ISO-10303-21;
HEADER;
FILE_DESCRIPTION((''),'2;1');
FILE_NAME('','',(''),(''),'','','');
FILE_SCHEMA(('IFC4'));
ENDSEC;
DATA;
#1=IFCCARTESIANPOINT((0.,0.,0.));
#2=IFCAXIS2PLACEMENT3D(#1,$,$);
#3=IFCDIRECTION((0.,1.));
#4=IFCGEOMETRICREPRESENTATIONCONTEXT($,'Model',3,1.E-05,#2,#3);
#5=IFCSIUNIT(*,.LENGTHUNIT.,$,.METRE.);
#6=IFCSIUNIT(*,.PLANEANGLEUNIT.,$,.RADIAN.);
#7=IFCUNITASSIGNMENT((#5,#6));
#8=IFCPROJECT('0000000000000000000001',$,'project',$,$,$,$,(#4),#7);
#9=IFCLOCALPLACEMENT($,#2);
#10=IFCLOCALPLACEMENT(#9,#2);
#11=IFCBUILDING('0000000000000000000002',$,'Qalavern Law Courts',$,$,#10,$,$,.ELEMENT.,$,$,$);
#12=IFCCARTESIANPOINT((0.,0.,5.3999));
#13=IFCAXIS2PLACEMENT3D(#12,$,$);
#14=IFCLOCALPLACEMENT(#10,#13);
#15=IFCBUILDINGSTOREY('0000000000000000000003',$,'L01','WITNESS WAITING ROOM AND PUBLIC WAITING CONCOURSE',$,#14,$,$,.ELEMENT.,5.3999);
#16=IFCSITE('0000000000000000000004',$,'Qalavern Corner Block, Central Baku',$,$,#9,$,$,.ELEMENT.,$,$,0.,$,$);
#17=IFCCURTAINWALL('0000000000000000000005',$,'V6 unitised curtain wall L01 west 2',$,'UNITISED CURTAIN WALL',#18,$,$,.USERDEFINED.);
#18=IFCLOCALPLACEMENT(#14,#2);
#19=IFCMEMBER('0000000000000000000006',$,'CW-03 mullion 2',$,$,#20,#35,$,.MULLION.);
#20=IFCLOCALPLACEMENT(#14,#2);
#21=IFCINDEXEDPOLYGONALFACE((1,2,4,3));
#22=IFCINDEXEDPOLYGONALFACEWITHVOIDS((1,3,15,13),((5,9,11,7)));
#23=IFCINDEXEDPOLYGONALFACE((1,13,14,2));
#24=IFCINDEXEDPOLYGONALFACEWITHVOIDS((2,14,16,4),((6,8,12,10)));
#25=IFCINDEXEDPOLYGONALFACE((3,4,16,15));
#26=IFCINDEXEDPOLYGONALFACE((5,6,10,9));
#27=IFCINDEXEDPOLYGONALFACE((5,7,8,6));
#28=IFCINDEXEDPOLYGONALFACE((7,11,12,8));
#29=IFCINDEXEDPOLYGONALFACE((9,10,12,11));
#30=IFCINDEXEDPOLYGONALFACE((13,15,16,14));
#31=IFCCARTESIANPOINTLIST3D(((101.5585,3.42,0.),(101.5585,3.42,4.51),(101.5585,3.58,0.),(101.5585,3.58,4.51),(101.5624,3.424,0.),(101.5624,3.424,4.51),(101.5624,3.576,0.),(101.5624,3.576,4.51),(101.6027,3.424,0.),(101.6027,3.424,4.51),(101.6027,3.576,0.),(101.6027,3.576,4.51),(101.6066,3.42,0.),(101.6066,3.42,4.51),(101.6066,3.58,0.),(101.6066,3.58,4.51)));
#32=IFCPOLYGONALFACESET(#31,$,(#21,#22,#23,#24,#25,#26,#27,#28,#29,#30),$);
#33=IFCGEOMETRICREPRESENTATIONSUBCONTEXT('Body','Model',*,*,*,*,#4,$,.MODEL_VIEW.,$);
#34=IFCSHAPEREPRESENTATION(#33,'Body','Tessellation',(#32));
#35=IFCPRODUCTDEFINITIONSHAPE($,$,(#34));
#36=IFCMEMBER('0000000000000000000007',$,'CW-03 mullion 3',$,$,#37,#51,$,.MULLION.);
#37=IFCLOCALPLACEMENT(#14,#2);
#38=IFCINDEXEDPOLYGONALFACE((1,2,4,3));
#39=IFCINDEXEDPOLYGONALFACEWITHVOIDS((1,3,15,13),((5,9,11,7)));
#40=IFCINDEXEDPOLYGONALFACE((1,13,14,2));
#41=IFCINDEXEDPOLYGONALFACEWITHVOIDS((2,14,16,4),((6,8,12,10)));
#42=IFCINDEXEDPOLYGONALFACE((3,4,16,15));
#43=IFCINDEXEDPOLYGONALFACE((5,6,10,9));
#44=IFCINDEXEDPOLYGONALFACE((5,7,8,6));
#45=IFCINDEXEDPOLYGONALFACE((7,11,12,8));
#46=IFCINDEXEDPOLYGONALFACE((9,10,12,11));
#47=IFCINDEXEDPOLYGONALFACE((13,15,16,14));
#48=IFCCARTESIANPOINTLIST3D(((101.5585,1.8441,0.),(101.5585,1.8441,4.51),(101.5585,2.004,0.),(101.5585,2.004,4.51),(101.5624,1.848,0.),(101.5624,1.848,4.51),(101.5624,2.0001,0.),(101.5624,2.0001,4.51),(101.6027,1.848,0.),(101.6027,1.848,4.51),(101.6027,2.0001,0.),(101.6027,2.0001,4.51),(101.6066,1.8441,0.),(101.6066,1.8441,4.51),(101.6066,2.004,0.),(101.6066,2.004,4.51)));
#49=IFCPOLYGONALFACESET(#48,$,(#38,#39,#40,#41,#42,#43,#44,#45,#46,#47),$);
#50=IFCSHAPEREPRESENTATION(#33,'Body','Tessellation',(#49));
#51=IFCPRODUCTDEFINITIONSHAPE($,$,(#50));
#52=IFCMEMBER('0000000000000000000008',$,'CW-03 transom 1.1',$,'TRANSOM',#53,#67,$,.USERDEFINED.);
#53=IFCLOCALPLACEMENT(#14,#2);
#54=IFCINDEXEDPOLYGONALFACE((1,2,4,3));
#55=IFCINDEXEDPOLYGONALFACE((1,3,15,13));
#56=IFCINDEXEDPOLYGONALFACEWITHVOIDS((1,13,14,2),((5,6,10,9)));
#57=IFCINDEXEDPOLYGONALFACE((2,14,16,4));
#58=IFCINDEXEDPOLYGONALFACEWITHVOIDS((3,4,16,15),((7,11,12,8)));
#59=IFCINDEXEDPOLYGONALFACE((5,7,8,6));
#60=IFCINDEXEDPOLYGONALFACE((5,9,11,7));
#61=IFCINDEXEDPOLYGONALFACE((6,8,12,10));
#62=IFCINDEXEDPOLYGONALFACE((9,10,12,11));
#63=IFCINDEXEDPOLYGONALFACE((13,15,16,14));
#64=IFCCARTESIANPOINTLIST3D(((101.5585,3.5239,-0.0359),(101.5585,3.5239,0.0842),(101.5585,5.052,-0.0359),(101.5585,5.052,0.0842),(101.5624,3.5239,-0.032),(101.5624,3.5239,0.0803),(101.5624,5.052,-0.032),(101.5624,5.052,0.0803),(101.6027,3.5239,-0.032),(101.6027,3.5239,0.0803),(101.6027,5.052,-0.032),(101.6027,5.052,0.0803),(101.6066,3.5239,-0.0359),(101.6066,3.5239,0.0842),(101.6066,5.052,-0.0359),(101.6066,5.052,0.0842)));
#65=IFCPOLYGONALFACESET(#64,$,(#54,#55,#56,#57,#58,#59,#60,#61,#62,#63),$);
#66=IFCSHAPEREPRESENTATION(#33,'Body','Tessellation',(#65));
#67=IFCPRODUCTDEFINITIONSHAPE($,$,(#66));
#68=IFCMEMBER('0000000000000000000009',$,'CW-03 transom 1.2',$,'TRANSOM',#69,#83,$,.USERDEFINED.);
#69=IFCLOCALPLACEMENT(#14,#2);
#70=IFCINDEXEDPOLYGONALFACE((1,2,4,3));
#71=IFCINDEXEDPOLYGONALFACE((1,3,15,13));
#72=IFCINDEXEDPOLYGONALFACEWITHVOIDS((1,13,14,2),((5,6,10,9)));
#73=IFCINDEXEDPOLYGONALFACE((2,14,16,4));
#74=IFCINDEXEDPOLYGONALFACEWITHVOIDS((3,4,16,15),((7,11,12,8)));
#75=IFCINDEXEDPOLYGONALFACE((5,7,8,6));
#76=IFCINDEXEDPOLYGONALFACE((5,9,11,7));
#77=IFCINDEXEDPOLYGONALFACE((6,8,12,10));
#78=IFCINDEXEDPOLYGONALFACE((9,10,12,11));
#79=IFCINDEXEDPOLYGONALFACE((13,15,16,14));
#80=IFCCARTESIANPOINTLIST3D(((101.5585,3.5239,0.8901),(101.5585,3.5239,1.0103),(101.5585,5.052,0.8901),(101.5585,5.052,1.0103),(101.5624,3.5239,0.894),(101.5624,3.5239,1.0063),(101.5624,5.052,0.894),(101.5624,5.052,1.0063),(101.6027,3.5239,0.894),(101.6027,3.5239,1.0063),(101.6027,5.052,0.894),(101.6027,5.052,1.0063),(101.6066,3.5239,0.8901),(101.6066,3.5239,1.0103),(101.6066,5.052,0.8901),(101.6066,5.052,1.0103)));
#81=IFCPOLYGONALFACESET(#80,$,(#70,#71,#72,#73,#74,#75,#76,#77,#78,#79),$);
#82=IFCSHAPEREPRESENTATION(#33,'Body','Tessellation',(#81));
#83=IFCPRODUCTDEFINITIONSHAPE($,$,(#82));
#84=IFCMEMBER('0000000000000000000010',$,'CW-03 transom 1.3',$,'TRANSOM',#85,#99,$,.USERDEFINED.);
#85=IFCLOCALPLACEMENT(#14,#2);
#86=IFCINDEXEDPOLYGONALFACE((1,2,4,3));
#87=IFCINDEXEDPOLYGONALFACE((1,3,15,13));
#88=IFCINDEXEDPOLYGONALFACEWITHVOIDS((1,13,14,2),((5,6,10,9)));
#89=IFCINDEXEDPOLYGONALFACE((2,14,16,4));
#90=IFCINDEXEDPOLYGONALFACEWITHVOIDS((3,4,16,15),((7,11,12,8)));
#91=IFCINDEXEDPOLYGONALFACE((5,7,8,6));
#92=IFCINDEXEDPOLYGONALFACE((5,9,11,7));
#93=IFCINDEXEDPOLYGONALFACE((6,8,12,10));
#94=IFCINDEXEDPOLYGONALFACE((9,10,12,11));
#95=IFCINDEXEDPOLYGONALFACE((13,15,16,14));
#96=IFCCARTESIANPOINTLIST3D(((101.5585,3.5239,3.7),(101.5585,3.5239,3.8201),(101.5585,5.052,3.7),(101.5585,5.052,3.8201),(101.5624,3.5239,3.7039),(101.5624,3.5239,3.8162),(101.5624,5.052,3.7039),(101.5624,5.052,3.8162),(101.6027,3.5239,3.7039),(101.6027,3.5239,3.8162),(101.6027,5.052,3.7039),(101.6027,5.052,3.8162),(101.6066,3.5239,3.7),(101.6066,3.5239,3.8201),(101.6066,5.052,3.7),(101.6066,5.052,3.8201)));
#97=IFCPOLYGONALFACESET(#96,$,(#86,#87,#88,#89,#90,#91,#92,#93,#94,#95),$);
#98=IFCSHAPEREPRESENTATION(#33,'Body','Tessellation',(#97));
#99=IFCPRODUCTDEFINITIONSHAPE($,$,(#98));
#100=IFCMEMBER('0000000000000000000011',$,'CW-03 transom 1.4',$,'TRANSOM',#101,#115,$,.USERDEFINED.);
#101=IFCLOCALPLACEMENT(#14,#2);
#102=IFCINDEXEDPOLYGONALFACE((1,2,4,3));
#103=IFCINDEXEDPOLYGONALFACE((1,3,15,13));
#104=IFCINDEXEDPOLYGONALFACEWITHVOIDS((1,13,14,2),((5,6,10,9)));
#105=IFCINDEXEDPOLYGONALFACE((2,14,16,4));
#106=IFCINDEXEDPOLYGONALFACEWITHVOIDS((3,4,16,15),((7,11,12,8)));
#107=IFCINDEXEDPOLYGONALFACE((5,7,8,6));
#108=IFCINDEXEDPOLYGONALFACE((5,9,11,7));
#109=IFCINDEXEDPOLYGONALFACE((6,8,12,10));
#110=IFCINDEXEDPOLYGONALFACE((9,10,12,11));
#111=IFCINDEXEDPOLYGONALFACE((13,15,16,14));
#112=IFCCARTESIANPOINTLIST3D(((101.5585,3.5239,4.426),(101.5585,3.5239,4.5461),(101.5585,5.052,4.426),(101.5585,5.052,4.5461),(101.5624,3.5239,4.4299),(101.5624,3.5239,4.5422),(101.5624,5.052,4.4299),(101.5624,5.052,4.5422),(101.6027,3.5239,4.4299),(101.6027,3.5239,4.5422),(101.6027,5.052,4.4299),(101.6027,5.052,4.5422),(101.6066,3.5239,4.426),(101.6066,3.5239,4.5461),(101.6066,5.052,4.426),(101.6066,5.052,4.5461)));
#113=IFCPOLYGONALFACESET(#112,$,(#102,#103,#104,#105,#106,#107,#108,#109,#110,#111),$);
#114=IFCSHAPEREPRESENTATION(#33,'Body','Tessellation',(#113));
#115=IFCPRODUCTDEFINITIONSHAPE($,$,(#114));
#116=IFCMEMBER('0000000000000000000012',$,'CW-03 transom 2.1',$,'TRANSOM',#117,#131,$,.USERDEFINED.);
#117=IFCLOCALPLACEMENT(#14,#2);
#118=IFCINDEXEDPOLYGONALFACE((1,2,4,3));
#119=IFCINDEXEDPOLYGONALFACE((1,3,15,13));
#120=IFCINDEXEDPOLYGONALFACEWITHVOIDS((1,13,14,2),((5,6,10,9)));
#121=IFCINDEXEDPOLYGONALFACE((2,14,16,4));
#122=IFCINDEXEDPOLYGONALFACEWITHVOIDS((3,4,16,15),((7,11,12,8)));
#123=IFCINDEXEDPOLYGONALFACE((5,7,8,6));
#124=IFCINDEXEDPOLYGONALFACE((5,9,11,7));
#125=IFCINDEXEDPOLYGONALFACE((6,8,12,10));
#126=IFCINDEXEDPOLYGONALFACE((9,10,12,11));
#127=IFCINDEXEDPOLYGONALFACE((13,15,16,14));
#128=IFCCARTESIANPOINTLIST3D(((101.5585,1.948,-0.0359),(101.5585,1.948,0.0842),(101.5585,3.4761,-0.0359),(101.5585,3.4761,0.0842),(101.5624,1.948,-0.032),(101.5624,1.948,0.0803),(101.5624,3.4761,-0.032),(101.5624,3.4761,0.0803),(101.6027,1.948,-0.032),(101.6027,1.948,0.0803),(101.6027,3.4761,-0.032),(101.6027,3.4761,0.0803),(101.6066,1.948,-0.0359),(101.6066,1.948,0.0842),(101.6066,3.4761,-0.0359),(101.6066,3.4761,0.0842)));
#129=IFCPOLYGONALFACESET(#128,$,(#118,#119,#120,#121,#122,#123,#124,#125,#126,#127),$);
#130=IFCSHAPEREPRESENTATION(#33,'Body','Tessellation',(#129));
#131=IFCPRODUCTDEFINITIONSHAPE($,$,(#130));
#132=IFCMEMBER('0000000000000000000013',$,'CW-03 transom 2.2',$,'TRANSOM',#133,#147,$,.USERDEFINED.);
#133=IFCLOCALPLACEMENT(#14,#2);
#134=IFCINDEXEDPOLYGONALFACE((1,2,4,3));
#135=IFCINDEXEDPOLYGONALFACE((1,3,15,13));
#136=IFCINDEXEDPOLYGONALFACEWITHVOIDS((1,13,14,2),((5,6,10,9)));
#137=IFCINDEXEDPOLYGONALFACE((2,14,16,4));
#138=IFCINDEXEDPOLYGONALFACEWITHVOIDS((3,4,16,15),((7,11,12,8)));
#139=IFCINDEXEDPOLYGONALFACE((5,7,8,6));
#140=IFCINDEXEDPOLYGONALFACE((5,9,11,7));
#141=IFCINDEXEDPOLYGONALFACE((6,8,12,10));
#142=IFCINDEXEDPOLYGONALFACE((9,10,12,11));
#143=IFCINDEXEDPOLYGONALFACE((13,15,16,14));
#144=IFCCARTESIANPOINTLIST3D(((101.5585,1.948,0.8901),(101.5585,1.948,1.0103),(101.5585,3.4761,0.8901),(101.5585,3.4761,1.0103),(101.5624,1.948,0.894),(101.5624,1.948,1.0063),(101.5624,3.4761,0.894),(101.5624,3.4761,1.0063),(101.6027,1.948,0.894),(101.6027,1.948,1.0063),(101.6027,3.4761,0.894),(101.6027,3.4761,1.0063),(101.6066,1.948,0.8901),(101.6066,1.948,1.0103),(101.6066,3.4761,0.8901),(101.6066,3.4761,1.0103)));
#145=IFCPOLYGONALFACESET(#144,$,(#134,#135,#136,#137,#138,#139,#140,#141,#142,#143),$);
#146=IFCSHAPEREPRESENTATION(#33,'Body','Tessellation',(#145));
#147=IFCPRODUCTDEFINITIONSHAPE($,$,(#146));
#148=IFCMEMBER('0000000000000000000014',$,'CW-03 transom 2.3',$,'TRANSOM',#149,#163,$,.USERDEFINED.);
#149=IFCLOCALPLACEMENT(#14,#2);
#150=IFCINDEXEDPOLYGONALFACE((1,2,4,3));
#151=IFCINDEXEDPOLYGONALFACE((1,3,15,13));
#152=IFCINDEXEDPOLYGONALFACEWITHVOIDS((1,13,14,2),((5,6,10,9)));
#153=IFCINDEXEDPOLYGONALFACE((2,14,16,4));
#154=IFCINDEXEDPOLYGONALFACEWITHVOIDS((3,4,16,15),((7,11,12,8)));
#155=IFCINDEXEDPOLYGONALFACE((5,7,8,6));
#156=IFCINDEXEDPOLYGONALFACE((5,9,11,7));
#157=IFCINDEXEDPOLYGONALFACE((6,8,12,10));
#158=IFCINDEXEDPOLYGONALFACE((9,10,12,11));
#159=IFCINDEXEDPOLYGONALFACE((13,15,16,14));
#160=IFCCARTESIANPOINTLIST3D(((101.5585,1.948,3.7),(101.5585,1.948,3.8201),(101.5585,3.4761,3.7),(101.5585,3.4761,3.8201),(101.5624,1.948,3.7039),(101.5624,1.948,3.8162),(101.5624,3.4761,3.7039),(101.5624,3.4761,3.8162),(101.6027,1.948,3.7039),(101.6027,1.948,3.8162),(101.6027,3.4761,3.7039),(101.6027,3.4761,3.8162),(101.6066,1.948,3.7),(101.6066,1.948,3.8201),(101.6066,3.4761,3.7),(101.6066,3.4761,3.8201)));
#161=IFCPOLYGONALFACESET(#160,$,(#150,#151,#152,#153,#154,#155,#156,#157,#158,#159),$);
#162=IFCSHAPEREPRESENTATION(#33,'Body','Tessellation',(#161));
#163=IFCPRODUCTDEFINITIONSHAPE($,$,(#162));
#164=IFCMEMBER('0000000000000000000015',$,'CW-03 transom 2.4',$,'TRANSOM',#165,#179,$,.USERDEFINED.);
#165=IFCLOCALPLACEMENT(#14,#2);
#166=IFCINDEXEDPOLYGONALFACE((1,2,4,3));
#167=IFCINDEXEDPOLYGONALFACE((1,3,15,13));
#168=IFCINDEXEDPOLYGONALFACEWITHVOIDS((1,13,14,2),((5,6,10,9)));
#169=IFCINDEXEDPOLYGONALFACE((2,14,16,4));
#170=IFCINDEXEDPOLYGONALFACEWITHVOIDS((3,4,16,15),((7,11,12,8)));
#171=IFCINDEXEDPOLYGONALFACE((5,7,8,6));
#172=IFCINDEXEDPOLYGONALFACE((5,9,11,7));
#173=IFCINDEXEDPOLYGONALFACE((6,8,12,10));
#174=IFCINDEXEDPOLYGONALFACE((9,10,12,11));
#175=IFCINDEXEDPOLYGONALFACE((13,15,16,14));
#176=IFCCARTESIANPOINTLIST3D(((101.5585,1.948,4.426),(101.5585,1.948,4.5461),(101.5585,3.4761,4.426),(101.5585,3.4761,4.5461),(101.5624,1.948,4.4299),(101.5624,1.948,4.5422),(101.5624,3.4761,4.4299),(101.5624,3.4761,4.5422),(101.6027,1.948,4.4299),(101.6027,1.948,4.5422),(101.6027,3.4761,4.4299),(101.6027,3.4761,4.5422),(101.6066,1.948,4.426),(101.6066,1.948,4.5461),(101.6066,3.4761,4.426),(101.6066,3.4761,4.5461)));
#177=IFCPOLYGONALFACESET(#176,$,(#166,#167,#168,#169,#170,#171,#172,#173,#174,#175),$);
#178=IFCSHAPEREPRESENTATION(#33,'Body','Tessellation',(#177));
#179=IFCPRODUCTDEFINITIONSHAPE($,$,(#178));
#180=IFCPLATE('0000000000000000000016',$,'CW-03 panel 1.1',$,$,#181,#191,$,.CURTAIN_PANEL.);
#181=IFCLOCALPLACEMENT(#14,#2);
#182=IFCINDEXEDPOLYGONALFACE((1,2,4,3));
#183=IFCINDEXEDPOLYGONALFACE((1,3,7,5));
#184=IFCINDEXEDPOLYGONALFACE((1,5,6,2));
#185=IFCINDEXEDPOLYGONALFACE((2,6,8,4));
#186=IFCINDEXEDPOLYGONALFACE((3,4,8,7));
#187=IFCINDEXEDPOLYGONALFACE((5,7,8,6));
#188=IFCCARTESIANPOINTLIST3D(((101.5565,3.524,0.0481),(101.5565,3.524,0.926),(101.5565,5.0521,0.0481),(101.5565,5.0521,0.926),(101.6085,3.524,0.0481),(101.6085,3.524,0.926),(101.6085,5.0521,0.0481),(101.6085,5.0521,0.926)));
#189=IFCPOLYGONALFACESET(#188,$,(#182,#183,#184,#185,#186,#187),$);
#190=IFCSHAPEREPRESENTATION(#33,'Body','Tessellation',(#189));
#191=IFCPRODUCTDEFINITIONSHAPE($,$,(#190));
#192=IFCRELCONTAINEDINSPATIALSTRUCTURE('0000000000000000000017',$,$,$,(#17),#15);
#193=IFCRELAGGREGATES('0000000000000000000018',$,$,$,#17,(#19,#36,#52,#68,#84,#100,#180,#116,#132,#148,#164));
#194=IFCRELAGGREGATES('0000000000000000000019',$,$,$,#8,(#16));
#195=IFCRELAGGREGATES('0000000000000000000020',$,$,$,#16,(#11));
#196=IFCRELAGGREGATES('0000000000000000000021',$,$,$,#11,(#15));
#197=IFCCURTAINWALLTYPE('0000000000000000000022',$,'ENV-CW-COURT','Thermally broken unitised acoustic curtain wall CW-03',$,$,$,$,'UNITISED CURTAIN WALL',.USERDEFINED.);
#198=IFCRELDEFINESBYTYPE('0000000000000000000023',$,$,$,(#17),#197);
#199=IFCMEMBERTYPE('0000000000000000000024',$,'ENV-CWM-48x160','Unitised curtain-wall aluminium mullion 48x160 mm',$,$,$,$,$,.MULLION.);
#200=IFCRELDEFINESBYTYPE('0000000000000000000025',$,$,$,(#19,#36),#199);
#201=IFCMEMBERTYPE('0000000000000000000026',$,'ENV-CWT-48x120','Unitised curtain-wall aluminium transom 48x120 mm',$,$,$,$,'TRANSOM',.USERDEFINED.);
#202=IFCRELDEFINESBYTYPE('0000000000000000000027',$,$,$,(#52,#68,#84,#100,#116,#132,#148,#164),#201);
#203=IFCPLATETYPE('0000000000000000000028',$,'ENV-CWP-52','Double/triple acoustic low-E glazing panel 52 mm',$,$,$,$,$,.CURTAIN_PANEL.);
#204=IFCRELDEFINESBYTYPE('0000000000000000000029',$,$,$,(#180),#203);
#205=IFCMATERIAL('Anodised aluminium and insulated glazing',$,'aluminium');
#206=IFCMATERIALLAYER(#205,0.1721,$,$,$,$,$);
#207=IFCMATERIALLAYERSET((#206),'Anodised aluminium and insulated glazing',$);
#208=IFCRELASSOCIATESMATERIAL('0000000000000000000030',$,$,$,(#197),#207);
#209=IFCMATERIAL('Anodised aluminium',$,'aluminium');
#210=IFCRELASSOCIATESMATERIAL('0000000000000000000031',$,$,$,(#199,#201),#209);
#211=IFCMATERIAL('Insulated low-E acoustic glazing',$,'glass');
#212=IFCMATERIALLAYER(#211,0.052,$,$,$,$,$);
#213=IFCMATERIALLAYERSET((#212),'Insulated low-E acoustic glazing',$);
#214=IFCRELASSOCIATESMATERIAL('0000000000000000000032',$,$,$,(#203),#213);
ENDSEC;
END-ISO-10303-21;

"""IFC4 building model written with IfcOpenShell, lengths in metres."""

from ifc_helpers import new_model, si_unit, direction, frame, origin, origin_2d, place, context, subcontext, project, spatial, rectangle, hollow_rectangle, extrude, material, layer, layer_set, material_profile, profile_set, type_object, element, aggregate, save


model = new_model("IFC4")

# Units and contexts
model_context = context("Model", 3, precision=1e-05, world=origin(), true_north=direction((0.0, 1.0)))
body_context = subcontext(model_context, "Body", "Model", "MODEL_VIEW")
ifc_project = project(units=[si_unit("LENGTHUNIT", "METRE"), si_unit("PLANEANGLEUNIT", "RADIAN")], contexts=[model_context])

# Site, building, storey
site_placement = place(None, origin())
site = spatial("IfcSite", under=ifc_project, at=site_placement, Name="Qalavern Corner Block, Central Baku", CompositionType="ELEMENT", RefElevation=0.0)
building_placement = place(site_placement, origin())
building = spatial("IfcBuilding", under=site, at=building_placement, Name="Qalavern Law Courts", CompositionType="ELEMENT")
storey_placement = place(building_placement, frame((0.0, 0.0, 5.3999)))
storey = spatial("IfcBuildingStorey", under=building, at=storey_placement, Name="L01", Description="WITNESS WAITING ROOM AND PUBLIC WAITING CONCOURSE", CompositionType="ELEMENT", Elevation=5.3999)

# Curtain wall, members, plate
ifc_material_1 = material(Name="Anodised aluminium and insulated glazing", Category="aluminium")
ifc_layer_1 = layer(ifc_material_1, 0.1721)
ifc_layer_set_1 = layer_set([ifc_layer_1], Name="Anodised aluminium and insulated glazing")
curtain_wall_type = type_object("IfcCurtainWallType", Name="ENV-CW-COURT", Description="Thermally broken unitised acoustic curtain wall CW-03", ElementType="UNITISED CURTAIN WALL", PredefinedType="USERDEFINED", material=ifc_layer_set_1)
curtain_wall_placement = place(storey_placement, origin())
curtain_wall = element("IfcCurtainWall", 1, at=curtain_wall_placement, inside=storey, type_object=curtain_wall_type, Name="V6 unitised curtain wall L01 west 2", ObjectType="UNITISED CURTAIN WALL", PredefinedType="USERDEFINED")
ifc_material_2 = material(Name="Anodised aluminium", Category="aluminium")
ifc_material_profile_1 = material_profile(ifc_material_2, hollow_rectangle(XDim=0.0481, YDim=0.1599, WallThickness=0.0039, at=origin_2d()), Name="ALU MULLION 48x160")
ifc_profile_set_1 = profile_set([ifc_material_profile_1], Name="Anodised aluminium")
member_type_1 = type_object("IfcMemberType", Name="ENV-CWM-48x160", Description="Unitised curtain-wall aluminium mullion 48x160 mm", PredefinedType="MULLION", material=ifc_profile_set_1)
member_1_placement = place(storey_placement, frame((101.5825, 3.5, 0.0), z_axis=(0.0, 0.0, 1.0), x_axis=(1.0, 0.0, 0.0)))
member_1 = element("IfcMember", 2, at=member_1_placement, type_object=member_type_1, Name="CW-03 mullion 2", PredefinedType="MULLION", context=body_context, shape_type="SweptSolid", body=[
    extrude(hollow_rectangle(XDim=0.0481, YDim=0.1599, WallThickness=0.0039, at=origin_2d()), origin(), (0.0, 0.0, 1.0), 4.51),
])
member_2_placement = place(storey_placement, frame((101.5825, 1.9241, 0.0), z_axis=(0.0, 0.0, 1.0), x_axis=(1.0, 0.0, 0.0)))
member_2 = element("IfcMember", 3, at=member_2_placement, type_object=member_type_1, Name="CW-03 mullion 3", PredefinedType="MULLION", context=body_context, shape_type="SweptSolid", body=[
    extrude(hollow_rectangle(XDim=0.0481, YDim=0.1599, WallThickness=0.0039, at=origin_2d()), origin(), (0.0, 0.0, 1.0), 4.51),
])
ifc_material_profile_2 = material_profile(ifc_material_2, hollow_rectangle(XDim=0.0481, YDim=0.1201, WallThickness=0.0039, at=origin_2d()), Name="ALU TRANSOM 48x120")
ifc_profile_set_2 = profile_set([ifc_material_profile_2], Name="Anodised aluminium")
member_type_2 = type_object("IfcMemberType", Name="ENV-CWT-48x120", Description="Unitised curtain-wall aluminium transom 48x120 mm", ElementType="TRANSOM", PredefinedType="USERDEFINED", material=ifc_profile_set_2)
member_3_placement = place(storey_placement, frame((101.5825, 5.052, 0.0242), z_axis=(0.0, -1.0, 0.0), x_axis=(1.0, 0.0, 0.0)))
member_3 = element("IfcMember", 4, at=member_3_placement, type_object=member_type_2, Name="CW-03 transom 1.1", ObjectType="TRANSOM", PredefinedType="USERDEFINED", context=body_context, shape_type="SweptSolid", body=[
    extrude(hollow_rectangle(XDim=0.0481, YDim=0.1201, WallThickness=0.0039, at=origin_2d()), origin(), (0.0, 0.0, 1.0), 1.5281),
])
member_4_placement = place(storey_placement, frame((101.5825, 5.052, 0.9502), z_axis=(0.0, -1.0, 0.0), x_axis=(1.0, 0.0, 0.0)))
member_4 = element("IfcMember", 5, at=member_4_placement, type_object=member_type_2, Name="CW-03 transom 1.2", ObjectType="TRANSOM", PredefinedType="USERDEFINED", context=body_context, shape_type="SweptSolid", body=[
    extrude(hollow_rectangle(XDim=0.0481, YDim=0.1201, WallThickness=0.0039, at=origin_2d()), origin(), (0.0, 0.0, 1.0), 1.5281),
])
member_5_placement = place(storey_placement, frame((101.5825, 5.052, 3.76), z_axis=(0.0, -1.0, 0.0), x_axis=(1.0, 0.0, 0.0)))
member_5 = element("IfcMember", 6, at=member_5_placement, type_object=member_type_2, Name="CW-03 transom 1.3", ObjectType="TRANSOM", PredefinedType="USERDEFINED", context=body_context, shape_type="SweptSolid", body=[
    extrude(hollow_rectangle(XDim=0.0481, YDim=0.1201, WallThickness=0.0039, at=origin_2d()), origin(), (0.0, 0.0, 1.0), 1.5281),
])
member_6_placement = place(storey_placement, frame((101.5825, 5.052, 4.4861), z_axis=(0.0, -1.0, 0.0), x_axis=(1.0, 0.0, 0.0)))
member_6 = element("IfcMember", 7, at=member_6_placement, type_object=member_type_2, Name="CW-03 transom 1.4", ObjectType="TRANSOM", PredefinedType="USERDEFINED", context=body_context, shape_type="SweptSolid", body=[
    extrude(hollow_rectangle(XDim=0.0481, YDim=0.1201, WallThickness=0.0039, at=origin_2d()), origin(), (0.0, 0.0, 1.0), 1.5281),
])
member_7_placement = place(storey_placement, frame((101.5825, 3.4761, 0.0242), z_axis=(0.0, -1.0, 0.0), x_axis=(1.0, 0.0, 0.0)))
member_7 = element("IfcMember", 8, at=member_7_placement, type_object=member_type_2, Name="CW-03 transom 2.1", ObjectType="TRANSOM", PredefinedType="USERDEFINED", context=body_context, shape_type="SweptSolid", body=[
    extrude(hollow_rectangle(XDim=0.0481, YDim=0.1201, WallThickness=0.0039, at=origin_2d()), origin(), (0.0, 0.0, 1.0), 1.5281),
])
member_8_placement = place(storey_placement, frame((101.5825, 3.4761, 0.9502), z_axis=(0.0, -1.0, 0.0), x_axis=(1.0, 0.0, 0.0)))
member_8 = element("IfcMember", 9, at=member_8_placement, type_object=member_type_2, Name="CW-03 transom 2.2", ObjectType="TRANSOM", PredefinedType="USERDEFINED", context=body_context, shape_type="SweptSolid", body=[
    extrude(hollow_rectangle(XDim=0.0481, YDim=0.1201, WallThickness=0.0039, at=origin_2d()), origin(), (0.0, 0.0, 1.0), 1.5281),
])
member_9_placement = place(storey_placement, frame((101.5825, 3.4761, 3.76), z_axis=(0.0, -1.0, 0.0), x_axis=(1.0, 0.0, 0.0)))
member_9 = element("IfcMember", 10, at=member_9_placement, type_object=member_type_2, Name="CW-03 transom 2.3", ObjectType="TRANSOM", PredefinedType="USERDEFINED", context=body_context, shape_type="SweptSolid", body=[
    extrude(hollow_rectangle(XDim=0.0481, YDim=0.1201, WallThickness=0.0039, at=origin_2d()), origin(), (0.0, 0.0, 1.0), 1.5281),
])
member_10_placement = place(storey_placement, frame((101.5825, 3.4761, 4.4861), z_axis=(0.0, -1.0, 0.0), x_axis=(1.0, 0.0, 0.0)))
member_10 = element("IfcMember", 11, at=member_10_placement, type_object=member_type_2, Name="CW-03 transom 2.4", ObjectType="TRANSOM", PredefinedType="USERDEFINED", context=body_context, shape_type="SweptSolid", body=[
    extrude(hollow_rectangle(XDim=0.0481, YDim=0.1201, WallThickness=0.0039, at=origin_2d()), origin(), (0.0, 0.0, 1.0), 1.5281),
])
ifc_material_3 = material(Name="Insulated low-E acoustic glazing", Category="glass")
ifc_layer_2 = layer(ifc_material_3, 0.052)
ifc_layer_set_2 = layer_set([ifc_layer_2], Name="Insulated low-E acoustic glazing")
plate_type = type_object("IfcPlateType", Name="ENV-CWP-52", Description="Double/triple acoustic low-E glazing panel 52 mm", PredefinedType="CURTAIN_PANEL", material=ifc_layer_set_2)
plate_1_placement = place(storey_placement, frame((101.5825, 4.2881, 0.0481), z_axis=(0.0, 0.0, 1.0), x_axis=(0.0, -1.0, 0.0)))
plate_1 = element("IfcPlate", 12, at=plate_1_placement, type_object=plate_type, Name="CW-03 panel 1.1", PredefinedType="CURTAIN_PANEL", context=body_context, shape_type="SweptSolid", body=[
    extrude(rectangle(XDim=1.5281, YDim=0.052, at=origin_2d()), origin(), (0.0, 0.0, 1.0), 0.8779),
])
aggregate(curtain_wall, [member_1, member_2, member_3, member_4, member_5, member_6, plate_1, member_7, member_8, member_9, member_10])

save(model, "model.ifc")
